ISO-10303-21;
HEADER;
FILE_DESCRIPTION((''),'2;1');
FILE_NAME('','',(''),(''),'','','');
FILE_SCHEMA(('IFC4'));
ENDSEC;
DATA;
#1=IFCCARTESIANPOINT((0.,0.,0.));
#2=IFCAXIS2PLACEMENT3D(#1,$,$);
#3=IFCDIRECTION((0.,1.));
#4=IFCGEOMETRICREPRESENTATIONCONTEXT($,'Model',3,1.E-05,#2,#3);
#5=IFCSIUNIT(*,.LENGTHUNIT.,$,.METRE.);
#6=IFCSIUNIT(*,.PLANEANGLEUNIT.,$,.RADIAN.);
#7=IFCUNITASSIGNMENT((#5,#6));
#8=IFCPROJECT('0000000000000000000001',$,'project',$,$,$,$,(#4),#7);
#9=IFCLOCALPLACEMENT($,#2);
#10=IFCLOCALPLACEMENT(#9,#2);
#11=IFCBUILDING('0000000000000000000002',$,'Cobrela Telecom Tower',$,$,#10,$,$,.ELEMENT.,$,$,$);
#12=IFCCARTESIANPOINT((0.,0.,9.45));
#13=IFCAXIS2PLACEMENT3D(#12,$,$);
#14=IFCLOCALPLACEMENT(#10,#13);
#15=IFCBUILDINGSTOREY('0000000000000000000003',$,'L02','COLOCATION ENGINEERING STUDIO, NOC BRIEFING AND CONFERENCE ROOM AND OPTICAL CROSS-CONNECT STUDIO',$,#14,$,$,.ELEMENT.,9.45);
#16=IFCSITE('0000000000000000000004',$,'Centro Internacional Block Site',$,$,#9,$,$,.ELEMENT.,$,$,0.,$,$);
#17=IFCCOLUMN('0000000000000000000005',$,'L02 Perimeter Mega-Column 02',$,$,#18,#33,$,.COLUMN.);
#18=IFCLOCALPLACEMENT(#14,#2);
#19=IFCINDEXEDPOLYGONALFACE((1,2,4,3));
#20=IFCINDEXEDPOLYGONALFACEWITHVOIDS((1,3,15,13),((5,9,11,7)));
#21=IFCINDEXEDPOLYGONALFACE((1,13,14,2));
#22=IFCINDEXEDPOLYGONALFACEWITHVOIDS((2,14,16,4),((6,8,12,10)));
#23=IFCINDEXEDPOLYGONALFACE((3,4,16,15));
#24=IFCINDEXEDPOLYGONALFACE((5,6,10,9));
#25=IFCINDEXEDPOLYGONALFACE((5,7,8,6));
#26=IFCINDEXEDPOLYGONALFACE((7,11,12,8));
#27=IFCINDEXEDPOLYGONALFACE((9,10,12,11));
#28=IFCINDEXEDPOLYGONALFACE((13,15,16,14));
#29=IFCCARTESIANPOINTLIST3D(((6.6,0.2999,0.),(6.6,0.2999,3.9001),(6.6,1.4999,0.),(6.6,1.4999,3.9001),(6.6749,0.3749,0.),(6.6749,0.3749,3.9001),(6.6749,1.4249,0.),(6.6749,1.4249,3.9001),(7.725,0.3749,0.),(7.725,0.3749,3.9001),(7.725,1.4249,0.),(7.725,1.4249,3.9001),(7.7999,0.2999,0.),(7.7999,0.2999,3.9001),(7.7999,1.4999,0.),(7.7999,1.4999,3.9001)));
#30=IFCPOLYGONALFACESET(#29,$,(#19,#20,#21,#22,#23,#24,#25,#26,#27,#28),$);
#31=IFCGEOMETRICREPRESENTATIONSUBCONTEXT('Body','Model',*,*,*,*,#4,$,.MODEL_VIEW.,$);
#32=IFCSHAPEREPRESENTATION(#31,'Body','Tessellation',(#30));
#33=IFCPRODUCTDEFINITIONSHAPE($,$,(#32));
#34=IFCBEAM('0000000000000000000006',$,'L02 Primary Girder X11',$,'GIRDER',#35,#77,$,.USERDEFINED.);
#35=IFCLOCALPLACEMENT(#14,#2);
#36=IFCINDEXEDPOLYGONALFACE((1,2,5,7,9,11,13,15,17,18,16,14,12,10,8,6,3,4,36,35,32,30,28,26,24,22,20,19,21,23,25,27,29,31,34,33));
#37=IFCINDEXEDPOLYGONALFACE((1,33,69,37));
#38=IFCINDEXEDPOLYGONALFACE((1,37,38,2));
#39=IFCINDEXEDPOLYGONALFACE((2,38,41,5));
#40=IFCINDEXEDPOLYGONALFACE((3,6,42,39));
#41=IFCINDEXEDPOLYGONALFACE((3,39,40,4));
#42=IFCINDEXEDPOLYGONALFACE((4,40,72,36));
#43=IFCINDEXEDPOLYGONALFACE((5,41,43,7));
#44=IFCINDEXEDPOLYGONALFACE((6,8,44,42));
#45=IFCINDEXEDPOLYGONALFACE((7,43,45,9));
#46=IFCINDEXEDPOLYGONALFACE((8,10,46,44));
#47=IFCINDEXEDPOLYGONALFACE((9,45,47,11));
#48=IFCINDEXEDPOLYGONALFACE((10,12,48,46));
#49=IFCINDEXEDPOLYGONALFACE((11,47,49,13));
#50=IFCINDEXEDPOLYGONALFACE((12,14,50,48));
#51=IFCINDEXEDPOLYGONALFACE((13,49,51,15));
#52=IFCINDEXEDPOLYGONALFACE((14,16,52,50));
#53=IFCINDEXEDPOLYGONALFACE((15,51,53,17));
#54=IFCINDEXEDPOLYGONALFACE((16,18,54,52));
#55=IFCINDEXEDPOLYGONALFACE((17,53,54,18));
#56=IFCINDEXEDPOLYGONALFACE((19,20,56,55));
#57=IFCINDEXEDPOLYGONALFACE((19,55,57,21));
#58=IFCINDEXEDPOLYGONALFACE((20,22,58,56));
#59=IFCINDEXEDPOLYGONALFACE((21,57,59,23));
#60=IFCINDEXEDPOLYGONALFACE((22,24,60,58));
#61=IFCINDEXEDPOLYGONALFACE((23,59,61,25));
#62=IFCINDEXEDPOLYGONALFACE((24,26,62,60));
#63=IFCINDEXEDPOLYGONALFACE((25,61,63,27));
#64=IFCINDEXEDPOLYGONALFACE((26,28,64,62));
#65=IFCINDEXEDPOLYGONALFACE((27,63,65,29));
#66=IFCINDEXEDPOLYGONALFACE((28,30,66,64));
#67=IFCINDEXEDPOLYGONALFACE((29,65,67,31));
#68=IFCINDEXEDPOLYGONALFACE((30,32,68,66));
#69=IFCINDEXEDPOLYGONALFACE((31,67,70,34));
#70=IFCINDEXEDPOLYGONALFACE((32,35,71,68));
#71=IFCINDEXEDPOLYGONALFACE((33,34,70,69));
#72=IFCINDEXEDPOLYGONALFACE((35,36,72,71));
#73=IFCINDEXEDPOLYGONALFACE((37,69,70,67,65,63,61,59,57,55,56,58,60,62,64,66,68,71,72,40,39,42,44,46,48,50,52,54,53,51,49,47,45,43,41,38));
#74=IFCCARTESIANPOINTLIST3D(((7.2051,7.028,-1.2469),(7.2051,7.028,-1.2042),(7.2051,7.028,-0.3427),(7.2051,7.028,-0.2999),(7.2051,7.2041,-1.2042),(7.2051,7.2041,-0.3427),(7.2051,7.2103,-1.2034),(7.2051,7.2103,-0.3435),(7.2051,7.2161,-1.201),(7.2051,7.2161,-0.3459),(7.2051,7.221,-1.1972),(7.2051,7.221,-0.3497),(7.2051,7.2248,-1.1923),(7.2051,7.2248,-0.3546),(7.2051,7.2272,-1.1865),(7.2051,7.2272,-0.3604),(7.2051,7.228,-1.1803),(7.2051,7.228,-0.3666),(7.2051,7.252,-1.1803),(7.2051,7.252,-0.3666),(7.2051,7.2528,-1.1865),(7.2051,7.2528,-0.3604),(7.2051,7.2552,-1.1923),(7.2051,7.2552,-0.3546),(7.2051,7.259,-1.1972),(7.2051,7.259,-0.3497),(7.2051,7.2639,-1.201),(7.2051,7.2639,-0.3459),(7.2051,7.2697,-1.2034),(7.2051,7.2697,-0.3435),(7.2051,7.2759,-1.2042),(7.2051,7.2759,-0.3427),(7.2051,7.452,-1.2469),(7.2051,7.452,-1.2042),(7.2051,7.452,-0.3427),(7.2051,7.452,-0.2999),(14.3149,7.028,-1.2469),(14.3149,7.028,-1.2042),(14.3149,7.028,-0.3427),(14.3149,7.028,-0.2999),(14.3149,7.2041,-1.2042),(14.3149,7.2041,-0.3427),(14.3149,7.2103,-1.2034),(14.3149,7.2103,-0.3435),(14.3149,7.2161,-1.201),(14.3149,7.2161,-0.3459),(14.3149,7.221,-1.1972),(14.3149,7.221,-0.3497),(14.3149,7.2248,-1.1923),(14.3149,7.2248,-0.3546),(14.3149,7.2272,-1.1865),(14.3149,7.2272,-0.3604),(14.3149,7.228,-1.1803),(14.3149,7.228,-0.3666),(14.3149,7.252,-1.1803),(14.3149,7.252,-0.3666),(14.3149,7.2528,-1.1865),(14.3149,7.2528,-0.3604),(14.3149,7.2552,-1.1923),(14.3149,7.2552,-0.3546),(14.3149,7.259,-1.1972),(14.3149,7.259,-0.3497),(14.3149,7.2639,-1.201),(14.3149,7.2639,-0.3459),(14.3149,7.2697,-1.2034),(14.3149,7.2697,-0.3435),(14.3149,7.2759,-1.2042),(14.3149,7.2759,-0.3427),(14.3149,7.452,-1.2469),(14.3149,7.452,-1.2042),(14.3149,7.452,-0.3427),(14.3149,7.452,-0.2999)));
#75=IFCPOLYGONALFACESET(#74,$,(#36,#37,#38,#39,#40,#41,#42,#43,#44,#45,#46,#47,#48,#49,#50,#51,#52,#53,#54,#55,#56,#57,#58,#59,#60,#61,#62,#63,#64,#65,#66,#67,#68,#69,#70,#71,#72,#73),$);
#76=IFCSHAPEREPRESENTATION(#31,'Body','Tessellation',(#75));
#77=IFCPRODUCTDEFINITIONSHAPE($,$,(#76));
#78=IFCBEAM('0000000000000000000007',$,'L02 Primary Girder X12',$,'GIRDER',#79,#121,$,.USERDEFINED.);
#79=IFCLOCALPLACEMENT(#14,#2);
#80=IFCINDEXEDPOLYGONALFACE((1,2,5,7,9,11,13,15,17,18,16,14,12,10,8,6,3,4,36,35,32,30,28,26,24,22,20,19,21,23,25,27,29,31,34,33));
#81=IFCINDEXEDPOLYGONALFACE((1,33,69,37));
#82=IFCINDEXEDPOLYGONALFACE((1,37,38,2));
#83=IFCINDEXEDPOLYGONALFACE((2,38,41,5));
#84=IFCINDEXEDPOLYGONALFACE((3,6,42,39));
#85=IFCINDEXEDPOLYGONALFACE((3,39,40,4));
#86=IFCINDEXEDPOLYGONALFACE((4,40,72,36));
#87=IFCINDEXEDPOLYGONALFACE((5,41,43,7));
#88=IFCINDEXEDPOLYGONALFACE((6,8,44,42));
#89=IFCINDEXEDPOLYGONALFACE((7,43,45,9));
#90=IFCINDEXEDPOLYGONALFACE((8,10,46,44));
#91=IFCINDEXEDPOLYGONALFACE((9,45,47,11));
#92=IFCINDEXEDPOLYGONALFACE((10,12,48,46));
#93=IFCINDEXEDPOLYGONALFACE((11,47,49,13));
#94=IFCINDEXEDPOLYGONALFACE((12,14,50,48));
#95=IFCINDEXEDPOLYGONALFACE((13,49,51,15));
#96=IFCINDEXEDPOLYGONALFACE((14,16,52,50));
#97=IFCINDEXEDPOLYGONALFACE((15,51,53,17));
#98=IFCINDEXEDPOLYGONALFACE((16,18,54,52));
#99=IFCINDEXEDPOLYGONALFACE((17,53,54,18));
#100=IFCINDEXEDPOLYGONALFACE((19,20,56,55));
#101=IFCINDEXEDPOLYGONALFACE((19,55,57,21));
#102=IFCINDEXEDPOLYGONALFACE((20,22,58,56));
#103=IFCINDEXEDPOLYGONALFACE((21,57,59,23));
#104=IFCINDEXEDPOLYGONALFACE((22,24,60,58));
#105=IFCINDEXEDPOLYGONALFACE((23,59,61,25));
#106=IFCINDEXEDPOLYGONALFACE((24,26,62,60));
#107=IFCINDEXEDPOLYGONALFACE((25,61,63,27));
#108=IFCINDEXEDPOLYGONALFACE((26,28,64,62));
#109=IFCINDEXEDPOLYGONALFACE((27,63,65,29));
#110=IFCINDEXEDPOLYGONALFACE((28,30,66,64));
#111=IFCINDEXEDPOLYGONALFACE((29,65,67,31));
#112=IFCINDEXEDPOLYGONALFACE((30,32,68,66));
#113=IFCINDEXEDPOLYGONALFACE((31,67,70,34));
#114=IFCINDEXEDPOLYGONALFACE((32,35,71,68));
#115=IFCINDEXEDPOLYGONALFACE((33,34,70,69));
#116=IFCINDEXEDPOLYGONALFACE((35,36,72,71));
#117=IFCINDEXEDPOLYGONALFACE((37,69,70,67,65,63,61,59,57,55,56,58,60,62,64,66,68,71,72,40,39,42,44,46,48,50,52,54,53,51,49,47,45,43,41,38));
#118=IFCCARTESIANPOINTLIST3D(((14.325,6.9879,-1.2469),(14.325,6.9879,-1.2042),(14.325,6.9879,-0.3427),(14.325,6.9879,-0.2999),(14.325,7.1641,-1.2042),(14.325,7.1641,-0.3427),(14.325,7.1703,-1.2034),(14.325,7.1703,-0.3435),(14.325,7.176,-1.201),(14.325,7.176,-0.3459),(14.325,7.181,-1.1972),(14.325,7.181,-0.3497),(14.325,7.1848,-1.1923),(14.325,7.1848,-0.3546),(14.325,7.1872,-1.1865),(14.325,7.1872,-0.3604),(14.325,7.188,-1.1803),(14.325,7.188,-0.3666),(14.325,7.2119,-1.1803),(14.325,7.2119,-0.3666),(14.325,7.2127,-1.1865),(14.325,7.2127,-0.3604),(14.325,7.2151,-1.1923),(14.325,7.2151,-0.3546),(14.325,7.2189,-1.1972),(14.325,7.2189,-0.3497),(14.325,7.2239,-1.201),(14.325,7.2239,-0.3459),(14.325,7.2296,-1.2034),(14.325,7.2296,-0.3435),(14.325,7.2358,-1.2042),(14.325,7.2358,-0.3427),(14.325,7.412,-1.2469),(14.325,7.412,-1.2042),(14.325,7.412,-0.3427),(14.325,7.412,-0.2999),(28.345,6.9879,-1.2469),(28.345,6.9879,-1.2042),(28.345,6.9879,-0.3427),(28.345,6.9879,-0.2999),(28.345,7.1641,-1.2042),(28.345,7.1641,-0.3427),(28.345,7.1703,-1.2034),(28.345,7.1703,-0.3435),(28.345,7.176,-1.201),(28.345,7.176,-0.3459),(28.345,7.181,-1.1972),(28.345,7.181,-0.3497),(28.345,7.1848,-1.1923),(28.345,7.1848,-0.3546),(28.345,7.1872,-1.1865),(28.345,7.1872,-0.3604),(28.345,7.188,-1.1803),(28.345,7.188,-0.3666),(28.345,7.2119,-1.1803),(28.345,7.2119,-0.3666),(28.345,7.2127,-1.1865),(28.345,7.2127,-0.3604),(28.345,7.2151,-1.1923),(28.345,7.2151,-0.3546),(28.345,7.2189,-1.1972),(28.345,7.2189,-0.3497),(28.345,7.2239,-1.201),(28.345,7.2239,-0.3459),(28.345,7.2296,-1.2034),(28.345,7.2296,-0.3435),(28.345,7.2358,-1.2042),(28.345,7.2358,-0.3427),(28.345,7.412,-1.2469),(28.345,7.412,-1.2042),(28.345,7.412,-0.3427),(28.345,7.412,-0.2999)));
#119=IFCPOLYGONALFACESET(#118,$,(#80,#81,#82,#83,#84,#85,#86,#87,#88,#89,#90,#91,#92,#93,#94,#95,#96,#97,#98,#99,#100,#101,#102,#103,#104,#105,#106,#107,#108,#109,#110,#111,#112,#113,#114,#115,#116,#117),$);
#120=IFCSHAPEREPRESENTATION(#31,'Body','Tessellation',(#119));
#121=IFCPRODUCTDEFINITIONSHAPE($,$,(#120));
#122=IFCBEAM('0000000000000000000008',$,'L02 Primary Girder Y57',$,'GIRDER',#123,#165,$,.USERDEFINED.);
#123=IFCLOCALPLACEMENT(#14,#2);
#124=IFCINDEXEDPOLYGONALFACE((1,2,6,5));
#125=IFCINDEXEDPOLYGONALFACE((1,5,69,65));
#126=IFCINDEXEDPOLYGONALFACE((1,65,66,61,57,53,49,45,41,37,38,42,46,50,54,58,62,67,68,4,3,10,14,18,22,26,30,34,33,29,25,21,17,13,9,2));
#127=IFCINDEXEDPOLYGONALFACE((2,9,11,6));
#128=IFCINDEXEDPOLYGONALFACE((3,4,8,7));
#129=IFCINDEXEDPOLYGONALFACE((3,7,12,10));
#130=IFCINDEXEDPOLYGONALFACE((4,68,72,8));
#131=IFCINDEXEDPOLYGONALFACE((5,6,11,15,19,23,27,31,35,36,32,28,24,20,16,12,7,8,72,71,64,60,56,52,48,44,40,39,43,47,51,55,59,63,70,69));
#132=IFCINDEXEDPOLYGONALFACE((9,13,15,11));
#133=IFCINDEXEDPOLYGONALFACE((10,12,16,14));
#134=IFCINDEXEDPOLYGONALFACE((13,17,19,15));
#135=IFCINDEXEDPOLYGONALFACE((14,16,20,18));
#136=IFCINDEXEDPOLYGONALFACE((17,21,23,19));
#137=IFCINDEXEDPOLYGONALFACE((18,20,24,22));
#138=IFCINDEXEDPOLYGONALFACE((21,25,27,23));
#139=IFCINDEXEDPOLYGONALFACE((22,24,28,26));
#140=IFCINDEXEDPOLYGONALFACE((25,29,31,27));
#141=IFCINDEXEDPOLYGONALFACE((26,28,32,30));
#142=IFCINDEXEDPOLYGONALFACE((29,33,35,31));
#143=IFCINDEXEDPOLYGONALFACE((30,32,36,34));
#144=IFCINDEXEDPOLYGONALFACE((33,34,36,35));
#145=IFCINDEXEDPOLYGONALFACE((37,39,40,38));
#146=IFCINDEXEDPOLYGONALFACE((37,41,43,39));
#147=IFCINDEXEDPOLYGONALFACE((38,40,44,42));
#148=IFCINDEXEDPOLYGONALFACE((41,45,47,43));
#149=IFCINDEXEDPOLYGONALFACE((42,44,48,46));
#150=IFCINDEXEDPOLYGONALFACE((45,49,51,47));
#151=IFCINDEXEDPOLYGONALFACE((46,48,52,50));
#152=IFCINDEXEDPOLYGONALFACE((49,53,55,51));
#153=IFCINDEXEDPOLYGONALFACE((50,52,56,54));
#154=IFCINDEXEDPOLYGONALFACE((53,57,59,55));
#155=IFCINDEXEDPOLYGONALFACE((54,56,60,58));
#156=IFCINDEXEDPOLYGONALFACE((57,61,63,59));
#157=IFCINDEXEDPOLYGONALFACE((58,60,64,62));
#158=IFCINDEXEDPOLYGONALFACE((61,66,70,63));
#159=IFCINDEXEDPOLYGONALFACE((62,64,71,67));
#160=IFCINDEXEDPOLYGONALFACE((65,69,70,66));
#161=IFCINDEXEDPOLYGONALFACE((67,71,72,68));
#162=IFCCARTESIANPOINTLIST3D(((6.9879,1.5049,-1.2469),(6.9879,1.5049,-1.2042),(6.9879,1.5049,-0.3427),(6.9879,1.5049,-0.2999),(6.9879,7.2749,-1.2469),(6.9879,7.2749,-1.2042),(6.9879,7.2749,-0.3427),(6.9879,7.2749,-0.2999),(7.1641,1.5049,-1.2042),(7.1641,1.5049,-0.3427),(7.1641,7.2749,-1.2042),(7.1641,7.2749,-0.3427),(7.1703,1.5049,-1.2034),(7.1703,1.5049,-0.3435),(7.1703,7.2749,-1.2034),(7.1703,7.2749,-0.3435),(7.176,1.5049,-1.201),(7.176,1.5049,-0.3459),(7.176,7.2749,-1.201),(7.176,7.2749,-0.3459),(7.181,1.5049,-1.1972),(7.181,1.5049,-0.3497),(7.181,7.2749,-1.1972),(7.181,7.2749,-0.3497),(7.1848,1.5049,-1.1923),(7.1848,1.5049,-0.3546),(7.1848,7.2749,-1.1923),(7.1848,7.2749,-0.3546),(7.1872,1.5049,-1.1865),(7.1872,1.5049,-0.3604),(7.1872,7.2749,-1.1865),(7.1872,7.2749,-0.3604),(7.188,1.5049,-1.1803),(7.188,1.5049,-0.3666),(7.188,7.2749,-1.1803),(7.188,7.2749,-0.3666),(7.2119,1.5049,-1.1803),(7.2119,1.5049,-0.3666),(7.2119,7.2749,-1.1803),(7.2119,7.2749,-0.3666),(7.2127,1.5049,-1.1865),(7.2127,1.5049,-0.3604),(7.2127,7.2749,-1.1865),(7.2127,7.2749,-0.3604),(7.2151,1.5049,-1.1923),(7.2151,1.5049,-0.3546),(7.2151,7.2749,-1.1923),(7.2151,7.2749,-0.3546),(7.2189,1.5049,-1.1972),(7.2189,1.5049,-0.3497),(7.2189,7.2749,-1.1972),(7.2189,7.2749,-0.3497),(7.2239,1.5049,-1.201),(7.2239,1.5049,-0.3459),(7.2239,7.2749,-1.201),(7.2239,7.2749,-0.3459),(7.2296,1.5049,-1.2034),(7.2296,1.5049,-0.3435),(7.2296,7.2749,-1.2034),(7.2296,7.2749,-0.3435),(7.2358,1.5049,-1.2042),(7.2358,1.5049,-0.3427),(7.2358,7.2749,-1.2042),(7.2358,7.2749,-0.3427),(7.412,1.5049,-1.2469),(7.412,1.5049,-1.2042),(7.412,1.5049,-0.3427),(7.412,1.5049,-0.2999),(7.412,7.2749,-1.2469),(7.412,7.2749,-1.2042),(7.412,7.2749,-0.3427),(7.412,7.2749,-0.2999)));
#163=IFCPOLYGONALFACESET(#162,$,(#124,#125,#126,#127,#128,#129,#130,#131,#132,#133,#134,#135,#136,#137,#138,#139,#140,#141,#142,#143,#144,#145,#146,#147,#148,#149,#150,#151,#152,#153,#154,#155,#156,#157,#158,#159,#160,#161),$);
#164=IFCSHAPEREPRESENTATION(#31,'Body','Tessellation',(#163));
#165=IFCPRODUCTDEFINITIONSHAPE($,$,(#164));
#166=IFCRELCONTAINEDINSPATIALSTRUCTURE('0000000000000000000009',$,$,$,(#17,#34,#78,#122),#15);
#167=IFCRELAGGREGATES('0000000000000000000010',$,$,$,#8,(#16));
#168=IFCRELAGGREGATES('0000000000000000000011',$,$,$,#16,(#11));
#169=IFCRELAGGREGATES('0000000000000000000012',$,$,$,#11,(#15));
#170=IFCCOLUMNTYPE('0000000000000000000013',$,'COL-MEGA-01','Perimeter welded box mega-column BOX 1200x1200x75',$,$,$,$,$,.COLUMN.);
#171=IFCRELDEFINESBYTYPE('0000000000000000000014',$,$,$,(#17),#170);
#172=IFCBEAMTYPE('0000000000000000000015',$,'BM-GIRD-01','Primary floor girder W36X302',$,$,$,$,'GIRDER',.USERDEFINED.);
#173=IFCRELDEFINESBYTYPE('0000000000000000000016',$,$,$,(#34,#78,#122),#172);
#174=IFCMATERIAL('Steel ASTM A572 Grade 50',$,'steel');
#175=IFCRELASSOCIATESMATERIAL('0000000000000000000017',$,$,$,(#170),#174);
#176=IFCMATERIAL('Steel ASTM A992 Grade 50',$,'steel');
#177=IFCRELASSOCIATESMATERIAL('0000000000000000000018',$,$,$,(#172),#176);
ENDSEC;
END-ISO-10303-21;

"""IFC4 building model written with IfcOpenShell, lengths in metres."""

from ifc_helpers import new_model, si_unit, direction, frame, origin, origin_2d, place, context, subcontext, project, spatial, hollow_rectangle, i_section, extrude, material, material_profile, profile_set, type_object, element, save


model = new_model("IFC4")

# Units and contexts
model_context = context("Model", 3, precision=1e-05, world=origin(), true_north=direction((0.0, 1.0)))
body_context = subcontext(model_context, "Body", "Model", "MODEL_VIEW")
ifc_project = project(units=[si_unit("LENGTHUNIT", "METRE"), si_unit("PLANEANGLEUNIT", "RADIAN")], contexts=[model_context])

# Site, building, storey
site_placement = place(None, origin())
site = spatial("IfcSite", under=ifc_project, at=site_placement, Name="Centro Internacional Block Site", CompositionType="ELEMENT", RefElevation=0.0)
building_placement = place(site_placement, origin())
building = spatial("IfcBuilding", under=site, at=building_placement, Name="Cobrela Telecom Tower", CompositionType="ELEMENT")
storey_placement = place(building_placement, frame((0.0, 0.0, 9.45)))
storey = spatial("IfcBuildingStorey", under=building, at=storey_placement, Name="L02", Description="COLOCATION ENGINEERING STUDIO, NOC BRIEFING AND CONFERENCE ROOM AND OPTICAL CROSS-CONNECT STUDIO", CompositionType="ELEMENT", Elevation=9.45)

# Column
ifc_material_1 = material(Name="Steel ASTM A572 Grade 50", Category="steel")
ifc_material_profile_1 = material_profile(ifc_material_1, hollow_rectangle(XDim=1.2, YDim=1.2, WallThickness=0.075, at=origin_2d()), Name="BOX 1200x1200x75")
ifc_profile_set_1 = profile_set([ifc_material_profile_1], Name="Steel ASTM A572 Grade 50")
column_type = type_object("IfcColumnType", Name="COL-MEGA-01", Description="Perimeter welded box mega-column BOX 1200x1200x75", PredefinedType="COLUMN", material=ifc_profile_set_1)
column_placement = place(storey_placement, frame((7.2, 0.8999, 0.0), z_axis=(0.0, 0.0, 1.0), x_axis=(1.0, 0.0, 0.0)))
element("IfcColumn", 1, at=column_placement, inside=storey, type_object=column_type, Name="L02 Perimeter Mega-Column 02", PredefinedType="COLUMN", context=body_context, shape_type="SweptSolid", body=[
    extrude(hollow_rectangle(XDim=1.2, YDim=1.2, WallThickness=0.075, at=origin_2d()), origin(), (0.0, 0.0, 1.0), 3.9001),
])

# Beams
ifc_material_2 = material(Name="Steel ASTM A992 Grade 50", Category="steel")
ifc_material_profile_2 = material_profile(ifc_material_2, i_section(OverallWidth=0.4241, OverallDepth=0.947, WebThickness=0.0239, FlangeThickness=0.0427, FilletRadius=0.0239, at=origin_2d()), Name="W36X302")
ifc_profile_set_2 = profile_set([ifc_material_profile_2], Name="Steel ASTM A992 Grade 50")
beam_type_1 = type_object("IfcBeamType", Name="BM-GIRD-01", Description="Primary floor girder W36X302", ElementType="GIRDER", PredefinedType="USERDEFINED", material=ifc_profile_set_2)
beam_1_placement = place(storey_placement, frame((7.2051, 7.24, -0.7734), z_axis=(1.0, 0.0, 0.0), x_axis=(0.0, 1.0, 0.0)))
element("IfcBeam", 2, at=beam_1_placement, inside=storey, type_object=beam_type_1, Name="L02 Primary Girder X11", ObjectType="GIRDER", PredefinedType="USERDEFINED", context=body_context, shape_type="SweptSolid", body=[
    extrude(i_section(OverallWidth=0.4241, OverallDepth=0.947, WebThickness=0.0239, FlangeThickness=0.0427, FilletRadius=0.0239, at=origin_2d()), origin(), (0.0, 0.0, 1.0), 7.1099),
])
beam_2_placement = place(storey_placement, frame((14.325, 7.2, -0.7734), z_axis=(1.0, 0.0, 0.0), x_axis=(0.0, 1.0, 0.0)))
element("IfcBeam", 3, at=beam_2_placement, inside=storey, type_object=beam_type_1, Name="L02 Primary Girder X12", ObjectType="GIRDER", PredefinedType="USERDEFINED", context=body_context, shape_type="SweptSolid", body=[
    extrude(i_section(OverallWidth=0.4241, OverallDepth=0.947, WebThickness=0.0239, FlangeThickness=0.0427, FilletRadius=0.0239, at=origin_2d()), origin(), (0.0, 0.0, 1.0), 14.02),
])
beam_3_placement = place(storey_placement, frame((7.2, 1.5049, -0.7734), z_axis=(0.0, 1.0, 0.0), x_axis=(-1.0, 0.0, 0.0)))
element("IfcBeam", 4, at=beam_3_placement, inside=storey, type_object=beam_type_1, Name="L02 Primary Girder Y57", ObjectType="GIRDER", PredefinedType="USERDEFINED", context=body_context, shape_type="SweptSolid", body=[
    extrude(i_section(OverallWidth=0.4241, OverallDepth=0.947, WebThickness=0.0239, FlangeThickness=0.0427, FilletRadius=0.0239, at=origin_2d()), origin(), (0.0, 0.0, 1.0), 5.77),
])

save(model, "model.ifc")
